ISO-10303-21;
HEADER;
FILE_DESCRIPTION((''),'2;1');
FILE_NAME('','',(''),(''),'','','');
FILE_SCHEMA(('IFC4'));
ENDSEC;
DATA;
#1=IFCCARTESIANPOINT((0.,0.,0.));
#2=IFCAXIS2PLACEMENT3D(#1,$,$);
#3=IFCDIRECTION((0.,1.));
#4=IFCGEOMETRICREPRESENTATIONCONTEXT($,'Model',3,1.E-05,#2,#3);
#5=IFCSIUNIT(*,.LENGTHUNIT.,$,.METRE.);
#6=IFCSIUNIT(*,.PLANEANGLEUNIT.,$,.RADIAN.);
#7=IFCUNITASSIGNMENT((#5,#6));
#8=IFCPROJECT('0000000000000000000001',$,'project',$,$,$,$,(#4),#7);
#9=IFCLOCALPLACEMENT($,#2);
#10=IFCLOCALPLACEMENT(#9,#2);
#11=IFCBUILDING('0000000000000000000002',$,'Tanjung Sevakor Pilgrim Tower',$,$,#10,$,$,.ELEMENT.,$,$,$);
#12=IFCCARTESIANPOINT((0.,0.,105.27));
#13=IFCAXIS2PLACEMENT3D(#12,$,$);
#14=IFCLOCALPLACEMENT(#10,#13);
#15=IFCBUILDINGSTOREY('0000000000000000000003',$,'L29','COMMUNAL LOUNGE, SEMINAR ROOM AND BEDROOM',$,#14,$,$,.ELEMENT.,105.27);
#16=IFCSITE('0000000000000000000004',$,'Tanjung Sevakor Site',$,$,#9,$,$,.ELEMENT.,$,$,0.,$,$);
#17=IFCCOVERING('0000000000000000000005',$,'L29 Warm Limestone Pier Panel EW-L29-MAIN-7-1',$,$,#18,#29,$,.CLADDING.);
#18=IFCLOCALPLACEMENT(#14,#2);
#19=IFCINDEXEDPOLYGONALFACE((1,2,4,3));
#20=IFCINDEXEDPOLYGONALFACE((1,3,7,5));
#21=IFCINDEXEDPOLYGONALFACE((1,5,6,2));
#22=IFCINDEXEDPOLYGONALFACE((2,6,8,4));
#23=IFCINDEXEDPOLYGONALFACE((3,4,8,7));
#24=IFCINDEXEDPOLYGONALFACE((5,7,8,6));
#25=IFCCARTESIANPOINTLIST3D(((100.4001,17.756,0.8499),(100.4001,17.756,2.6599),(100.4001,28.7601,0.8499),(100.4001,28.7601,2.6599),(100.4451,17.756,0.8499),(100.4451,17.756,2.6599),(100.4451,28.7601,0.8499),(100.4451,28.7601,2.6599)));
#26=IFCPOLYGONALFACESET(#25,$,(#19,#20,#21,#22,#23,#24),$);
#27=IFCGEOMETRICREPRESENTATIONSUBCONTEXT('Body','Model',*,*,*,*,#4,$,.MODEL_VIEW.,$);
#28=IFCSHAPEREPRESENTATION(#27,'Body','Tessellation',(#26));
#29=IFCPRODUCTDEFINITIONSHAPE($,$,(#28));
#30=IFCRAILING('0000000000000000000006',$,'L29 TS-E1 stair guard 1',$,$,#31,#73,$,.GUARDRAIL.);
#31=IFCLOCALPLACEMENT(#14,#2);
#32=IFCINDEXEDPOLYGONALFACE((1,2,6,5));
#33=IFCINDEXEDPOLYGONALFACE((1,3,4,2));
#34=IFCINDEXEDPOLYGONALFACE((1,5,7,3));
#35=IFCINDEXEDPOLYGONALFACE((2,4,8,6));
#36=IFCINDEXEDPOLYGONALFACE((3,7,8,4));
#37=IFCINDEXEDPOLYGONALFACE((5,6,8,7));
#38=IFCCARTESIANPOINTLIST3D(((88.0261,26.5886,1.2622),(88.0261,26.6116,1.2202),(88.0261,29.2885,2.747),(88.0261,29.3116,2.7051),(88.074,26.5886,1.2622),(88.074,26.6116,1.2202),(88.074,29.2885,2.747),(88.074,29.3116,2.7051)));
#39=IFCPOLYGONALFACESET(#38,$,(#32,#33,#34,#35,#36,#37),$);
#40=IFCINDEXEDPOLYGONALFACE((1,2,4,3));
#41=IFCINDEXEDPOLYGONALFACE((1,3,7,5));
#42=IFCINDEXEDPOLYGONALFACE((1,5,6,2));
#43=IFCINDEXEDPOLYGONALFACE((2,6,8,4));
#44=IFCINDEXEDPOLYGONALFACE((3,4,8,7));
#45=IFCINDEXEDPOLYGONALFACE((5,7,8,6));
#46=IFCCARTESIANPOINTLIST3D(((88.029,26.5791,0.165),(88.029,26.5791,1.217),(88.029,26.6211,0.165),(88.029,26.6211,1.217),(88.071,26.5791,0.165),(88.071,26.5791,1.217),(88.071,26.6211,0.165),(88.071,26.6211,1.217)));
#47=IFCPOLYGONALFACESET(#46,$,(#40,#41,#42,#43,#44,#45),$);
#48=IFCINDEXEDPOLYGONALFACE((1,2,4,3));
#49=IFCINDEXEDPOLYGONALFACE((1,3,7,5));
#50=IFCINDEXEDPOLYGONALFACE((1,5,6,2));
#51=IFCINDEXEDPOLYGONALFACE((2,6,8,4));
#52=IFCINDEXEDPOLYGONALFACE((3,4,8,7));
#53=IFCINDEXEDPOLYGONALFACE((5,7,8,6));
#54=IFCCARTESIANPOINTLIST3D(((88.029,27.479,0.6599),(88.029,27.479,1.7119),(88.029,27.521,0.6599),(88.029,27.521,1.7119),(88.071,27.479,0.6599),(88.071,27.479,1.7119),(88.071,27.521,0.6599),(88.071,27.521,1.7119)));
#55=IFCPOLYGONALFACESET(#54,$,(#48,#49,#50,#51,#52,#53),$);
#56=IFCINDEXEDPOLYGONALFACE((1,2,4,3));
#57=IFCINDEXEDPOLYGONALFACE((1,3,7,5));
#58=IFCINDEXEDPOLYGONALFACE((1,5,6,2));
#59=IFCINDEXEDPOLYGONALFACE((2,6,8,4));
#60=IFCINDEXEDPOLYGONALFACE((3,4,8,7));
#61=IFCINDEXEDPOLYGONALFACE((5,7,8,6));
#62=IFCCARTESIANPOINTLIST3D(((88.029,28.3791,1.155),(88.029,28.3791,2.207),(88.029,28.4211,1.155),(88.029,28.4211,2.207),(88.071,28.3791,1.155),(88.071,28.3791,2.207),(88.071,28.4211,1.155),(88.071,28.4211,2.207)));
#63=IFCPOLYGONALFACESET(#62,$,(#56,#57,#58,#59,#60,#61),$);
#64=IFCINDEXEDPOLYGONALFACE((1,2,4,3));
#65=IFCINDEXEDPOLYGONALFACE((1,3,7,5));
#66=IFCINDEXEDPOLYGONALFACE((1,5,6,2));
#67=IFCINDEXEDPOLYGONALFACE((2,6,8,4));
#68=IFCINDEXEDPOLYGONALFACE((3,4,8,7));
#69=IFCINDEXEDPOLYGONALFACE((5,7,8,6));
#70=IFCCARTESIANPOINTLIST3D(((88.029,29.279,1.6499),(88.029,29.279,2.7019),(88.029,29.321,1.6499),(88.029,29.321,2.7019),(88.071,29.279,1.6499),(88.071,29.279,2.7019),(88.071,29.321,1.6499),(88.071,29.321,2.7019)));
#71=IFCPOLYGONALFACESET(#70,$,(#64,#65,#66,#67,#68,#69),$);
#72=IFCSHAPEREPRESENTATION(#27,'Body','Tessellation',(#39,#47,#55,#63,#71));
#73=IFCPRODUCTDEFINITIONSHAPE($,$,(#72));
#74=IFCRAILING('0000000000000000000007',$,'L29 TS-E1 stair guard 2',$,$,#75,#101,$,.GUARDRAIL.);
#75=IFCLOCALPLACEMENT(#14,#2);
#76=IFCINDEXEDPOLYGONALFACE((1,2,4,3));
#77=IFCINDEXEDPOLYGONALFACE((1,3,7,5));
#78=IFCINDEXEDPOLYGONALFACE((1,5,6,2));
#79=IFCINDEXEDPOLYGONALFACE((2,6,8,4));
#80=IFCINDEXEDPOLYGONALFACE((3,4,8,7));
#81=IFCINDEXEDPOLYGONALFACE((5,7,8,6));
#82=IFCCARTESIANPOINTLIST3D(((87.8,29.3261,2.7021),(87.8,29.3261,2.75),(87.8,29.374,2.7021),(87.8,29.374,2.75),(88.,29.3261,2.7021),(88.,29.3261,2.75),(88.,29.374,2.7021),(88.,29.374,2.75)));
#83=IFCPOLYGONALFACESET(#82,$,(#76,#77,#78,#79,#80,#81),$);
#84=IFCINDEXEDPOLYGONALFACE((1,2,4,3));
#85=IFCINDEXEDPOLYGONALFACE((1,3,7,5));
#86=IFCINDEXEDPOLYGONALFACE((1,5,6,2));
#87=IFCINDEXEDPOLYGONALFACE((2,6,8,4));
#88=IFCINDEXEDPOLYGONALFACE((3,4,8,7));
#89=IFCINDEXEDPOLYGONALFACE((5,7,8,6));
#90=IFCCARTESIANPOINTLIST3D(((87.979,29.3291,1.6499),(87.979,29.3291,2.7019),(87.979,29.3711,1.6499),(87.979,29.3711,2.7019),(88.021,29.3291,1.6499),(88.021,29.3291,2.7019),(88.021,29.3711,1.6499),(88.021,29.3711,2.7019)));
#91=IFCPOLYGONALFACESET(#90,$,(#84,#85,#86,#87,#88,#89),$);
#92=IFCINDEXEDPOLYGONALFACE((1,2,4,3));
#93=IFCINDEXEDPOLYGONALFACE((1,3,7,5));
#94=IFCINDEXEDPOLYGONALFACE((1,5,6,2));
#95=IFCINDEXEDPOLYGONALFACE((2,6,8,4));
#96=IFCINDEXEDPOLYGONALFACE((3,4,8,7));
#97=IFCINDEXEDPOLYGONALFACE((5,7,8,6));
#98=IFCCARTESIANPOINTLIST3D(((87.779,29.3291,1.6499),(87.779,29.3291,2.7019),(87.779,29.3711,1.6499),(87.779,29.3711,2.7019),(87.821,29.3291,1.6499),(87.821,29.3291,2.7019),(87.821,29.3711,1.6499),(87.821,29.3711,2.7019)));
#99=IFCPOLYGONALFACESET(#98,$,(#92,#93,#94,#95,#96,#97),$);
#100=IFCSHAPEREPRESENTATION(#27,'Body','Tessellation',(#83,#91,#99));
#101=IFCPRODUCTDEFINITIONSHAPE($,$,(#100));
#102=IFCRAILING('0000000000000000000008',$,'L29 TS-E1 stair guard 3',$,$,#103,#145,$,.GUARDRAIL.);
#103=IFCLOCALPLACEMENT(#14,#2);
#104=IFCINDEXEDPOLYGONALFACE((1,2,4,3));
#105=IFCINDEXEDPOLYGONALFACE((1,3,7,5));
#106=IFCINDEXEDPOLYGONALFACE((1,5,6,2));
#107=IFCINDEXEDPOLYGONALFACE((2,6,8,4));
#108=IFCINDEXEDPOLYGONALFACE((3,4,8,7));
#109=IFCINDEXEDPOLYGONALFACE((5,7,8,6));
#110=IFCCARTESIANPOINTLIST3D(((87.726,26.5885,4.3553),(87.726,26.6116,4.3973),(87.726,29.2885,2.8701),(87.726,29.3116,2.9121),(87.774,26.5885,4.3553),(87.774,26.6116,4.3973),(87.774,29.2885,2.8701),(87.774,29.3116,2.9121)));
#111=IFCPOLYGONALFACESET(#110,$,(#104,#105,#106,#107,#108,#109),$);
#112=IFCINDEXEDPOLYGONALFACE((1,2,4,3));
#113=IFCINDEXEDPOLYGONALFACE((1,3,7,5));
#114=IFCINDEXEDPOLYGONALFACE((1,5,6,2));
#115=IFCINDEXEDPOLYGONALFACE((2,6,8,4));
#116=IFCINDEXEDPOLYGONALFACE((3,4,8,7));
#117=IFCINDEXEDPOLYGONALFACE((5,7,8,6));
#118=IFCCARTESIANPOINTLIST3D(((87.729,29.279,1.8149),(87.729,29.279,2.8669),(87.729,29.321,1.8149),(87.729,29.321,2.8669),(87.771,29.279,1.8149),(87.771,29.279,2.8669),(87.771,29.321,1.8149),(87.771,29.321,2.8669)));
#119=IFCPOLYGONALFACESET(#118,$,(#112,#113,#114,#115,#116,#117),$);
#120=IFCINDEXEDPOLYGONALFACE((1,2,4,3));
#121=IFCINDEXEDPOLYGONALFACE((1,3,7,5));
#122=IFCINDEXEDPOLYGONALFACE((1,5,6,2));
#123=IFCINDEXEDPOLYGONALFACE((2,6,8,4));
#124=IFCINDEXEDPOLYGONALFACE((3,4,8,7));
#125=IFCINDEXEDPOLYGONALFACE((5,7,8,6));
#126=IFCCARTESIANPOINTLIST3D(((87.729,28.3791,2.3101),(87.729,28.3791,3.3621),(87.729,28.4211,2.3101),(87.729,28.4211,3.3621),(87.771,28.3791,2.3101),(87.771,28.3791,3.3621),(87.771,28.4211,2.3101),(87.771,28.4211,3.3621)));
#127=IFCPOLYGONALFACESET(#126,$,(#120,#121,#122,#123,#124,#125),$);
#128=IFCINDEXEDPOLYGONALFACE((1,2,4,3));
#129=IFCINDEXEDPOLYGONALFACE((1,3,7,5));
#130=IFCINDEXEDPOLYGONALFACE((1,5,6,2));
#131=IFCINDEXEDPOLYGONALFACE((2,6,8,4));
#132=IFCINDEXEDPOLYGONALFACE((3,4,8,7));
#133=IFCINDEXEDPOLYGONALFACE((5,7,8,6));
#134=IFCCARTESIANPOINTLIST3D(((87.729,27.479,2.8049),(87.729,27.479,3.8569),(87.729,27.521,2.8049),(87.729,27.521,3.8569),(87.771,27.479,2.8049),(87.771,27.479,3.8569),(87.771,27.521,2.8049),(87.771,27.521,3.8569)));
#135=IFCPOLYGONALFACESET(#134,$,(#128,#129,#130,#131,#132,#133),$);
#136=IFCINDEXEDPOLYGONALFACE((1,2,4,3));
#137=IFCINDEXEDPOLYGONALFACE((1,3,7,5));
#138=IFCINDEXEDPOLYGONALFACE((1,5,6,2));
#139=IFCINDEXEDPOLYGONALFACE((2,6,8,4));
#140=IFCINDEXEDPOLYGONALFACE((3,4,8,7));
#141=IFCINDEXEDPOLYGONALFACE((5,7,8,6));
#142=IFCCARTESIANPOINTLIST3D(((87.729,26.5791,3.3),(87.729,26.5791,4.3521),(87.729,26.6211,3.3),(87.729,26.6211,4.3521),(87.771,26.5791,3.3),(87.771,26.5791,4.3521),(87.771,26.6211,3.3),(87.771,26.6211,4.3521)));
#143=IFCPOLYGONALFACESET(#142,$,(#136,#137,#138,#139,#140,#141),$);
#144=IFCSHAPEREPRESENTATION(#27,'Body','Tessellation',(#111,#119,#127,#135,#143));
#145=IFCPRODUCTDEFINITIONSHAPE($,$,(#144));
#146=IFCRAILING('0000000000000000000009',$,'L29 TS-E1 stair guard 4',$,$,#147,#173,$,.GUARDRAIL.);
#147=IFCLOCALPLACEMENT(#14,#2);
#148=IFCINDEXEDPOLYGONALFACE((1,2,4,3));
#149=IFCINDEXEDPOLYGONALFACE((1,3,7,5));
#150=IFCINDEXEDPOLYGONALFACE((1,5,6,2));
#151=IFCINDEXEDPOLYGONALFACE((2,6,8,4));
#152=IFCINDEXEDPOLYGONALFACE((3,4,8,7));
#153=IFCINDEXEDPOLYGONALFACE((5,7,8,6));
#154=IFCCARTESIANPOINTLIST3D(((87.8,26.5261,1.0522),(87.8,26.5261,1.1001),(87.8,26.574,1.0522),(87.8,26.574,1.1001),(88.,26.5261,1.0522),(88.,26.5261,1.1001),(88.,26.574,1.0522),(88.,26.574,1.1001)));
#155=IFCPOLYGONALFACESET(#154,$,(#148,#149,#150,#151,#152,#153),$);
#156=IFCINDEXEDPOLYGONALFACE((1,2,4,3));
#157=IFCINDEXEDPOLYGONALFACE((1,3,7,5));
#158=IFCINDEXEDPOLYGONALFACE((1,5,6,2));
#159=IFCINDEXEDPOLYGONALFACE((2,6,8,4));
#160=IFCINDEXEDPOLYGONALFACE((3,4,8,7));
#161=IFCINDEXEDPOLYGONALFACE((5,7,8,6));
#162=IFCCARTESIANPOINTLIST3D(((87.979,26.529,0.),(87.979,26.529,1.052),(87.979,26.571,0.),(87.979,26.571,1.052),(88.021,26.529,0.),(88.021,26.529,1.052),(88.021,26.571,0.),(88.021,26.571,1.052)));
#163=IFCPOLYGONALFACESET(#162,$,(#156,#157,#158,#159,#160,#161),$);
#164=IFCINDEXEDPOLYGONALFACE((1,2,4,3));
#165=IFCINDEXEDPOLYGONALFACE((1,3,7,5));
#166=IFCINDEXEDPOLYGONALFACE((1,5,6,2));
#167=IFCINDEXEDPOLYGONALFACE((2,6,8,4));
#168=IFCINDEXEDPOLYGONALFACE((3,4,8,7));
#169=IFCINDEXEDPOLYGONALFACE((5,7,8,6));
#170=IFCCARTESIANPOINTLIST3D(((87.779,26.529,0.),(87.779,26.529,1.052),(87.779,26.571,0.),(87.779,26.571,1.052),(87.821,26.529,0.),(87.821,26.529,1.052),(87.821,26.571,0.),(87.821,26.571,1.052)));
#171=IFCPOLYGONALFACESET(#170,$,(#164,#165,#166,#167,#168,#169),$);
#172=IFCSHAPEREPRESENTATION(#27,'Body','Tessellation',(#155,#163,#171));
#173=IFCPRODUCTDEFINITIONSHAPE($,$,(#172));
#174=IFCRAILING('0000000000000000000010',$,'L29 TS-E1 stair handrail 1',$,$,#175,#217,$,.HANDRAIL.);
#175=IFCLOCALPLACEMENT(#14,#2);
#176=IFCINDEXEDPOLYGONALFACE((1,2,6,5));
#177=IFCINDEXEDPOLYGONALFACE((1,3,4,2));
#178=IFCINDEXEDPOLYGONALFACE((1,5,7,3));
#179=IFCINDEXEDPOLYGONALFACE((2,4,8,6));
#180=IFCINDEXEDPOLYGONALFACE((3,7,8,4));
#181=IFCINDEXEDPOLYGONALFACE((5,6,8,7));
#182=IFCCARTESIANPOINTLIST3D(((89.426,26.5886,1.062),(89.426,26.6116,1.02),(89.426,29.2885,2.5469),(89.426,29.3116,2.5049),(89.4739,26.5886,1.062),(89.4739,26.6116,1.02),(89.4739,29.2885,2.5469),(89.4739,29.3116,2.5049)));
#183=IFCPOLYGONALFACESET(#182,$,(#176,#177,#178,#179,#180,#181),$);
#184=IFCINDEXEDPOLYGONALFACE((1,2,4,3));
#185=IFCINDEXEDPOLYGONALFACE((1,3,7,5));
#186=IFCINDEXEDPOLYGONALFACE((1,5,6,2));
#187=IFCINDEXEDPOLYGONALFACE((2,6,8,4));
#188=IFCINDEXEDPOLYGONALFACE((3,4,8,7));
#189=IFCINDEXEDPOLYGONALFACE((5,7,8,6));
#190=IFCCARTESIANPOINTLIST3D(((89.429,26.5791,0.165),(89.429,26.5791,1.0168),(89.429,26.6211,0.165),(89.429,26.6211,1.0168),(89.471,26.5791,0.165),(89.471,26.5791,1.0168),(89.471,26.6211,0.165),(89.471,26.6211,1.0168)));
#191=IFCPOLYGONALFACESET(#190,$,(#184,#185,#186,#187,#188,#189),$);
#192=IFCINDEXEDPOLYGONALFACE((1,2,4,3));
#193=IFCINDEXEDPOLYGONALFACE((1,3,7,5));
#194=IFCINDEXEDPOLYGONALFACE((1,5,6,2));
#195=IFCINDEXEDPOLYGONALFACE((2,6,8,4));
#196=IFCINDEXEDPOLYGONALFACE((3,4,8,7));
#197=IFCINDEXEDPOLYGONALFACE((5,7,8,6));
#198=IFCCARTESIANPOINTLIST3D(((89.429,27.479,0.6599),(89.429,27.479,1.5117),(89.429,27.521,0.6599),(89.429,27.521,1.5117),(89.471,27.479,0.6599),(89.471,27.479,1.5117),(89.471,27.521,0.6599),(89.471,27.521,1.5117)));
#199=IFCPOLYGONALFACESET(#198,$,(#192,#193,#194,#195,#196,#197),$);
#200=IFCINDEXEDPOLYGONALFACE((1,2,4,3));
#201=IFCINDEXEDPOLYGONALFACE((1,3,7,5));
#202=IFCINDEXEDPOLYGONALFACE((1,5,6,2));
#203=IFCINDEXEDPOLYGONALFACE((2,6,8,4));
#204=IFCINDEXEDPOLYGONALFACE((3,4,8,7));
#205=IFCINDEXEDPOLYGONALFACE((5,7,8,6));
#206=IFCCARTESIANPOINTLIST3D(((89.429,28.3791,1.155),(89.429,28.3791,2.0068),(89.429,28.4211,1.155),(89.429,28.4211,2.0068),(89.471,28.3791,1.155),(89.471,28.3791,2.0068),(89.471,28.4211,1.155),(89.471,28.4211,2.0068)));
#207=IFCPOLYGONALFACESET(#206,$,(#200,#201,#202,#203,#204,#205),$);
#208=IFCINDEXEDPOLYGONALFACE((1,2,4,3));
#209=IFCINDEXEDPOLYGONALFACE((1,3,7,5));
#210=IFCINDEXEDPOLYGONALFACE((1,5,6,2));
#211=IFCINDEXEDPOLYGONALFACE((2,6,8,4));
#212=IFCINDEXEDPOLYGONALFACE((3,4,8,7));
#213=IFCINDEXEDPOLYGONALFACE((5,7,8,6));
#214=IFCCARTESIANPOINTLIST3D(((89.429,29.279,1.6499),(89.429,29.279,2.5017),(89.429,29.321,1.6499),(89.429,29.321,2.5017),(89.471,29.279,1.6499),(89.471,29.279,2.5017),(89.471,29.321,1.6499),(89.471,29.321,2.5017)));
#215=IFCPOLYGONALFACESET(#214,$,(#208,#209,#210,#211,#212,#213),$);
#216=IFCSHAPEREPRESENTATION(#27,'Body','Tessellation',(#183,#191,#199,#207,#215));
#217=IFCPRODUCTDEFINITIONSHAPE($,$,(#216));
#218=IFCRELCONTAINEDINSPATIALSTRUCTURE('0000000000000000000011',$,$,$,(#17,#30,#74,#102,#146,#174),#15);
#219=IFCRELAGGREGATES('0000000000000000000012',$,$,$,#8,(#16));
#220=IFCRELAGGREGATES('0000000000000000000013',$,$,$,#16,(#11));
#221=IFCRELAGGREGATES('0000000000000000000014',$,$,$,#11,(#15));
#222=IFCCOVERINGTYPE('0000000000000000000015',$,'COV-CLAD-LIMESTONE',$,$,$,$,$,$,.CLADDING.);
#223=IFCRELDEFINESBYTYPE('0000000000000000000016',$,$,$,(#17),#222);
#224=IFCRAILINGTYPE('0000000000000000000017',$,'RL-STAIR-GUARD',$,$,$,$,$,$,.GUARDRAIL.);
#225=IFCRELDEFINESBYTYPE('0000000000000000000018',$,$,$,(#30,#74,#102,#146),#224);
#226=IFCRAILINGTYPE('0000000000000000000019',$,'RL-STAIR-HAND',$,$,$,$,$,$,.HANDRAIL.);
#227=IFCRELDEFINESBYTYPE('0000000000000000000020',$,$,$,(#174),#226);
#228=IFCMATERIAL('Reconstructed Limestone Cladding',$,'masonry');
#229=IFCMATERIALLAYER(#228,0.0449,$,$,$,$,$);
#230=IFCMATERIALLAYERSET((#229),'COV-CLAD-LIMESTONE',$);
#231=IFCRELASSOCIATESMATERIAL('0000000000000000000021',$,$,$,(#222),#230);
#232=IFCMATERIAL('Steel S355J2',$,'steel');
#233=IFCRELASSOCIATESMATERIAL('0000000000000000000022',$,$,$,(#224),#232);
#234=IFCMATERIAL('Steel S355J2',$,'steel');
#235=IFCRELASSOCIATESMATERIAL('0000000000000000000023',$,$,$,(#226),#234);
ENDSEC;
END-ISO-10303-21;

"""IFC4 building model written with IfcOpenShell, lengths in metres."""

from ifc_helpers import new_model, si_unit, direction, frame, origin, origin_2d, place, context, subcontext, project, spatial, rectangle, extrude, material, layer, layer_set, type_object, element, save


model = new_model("IFC4")

# Units and contexts
model_context = context("Model", 3, precision=1e-05, world=origin(), true_north=direction((0.0, 1.0)))
body_context = subcontext(model_context, "Body", "Model", "MODEL_VIEW")
ifc_project = project(units=[si_unit("LENGTHUNIT", "METRE"), si_unit("PLANEANGLEUNIT", "RADIAN")], contexts=[model_context])

# Site, building, storey
site_placement = place(None, origin())
site = spatial("IfcSite", under=ifc_project, at=site_placement, Name="Tanjung Sevakor Site", CompositionType="ELEMENT", RefElevation=0.0)
building_placement = place(site_placement, origin())
building = spatial("IfcBuilding", under=site, at=building_placement, Name="Tanjung Sevakor Pilgrim Tower", CompositionType="ELEMENT")
storey_placement = place(building_placement, frame((0.0, 0.0, 105.27)))
storey = spatial("IfcBuildingStorey", under=building, at=storey_placement, Name="L29", Description="COMMUNAL LOUNGE, SEMINAR ROOM AND BEDROOM", CompositionType="ELEMENT", Elevation=105.27)

# Covering
ifc_material_1 = material(Name="Reconstructed Limestone Cladding", Category="masonry")
ifc_layer_1 = layer(ifc_material_1, 0.0449)
ifc_layer_set_1 = layer_set([ifc_layer_1], Name="COV-CLAD-LIMESTONE")
covering_type = type_object("IfcCoveringType", Name="COV-CLAD-LIMESTONE", PredefinedType="CLADDING", material=ifc_layer_set_1)
covering_1_placement = place(storey_placement, frame((100.4226, 23.2581, 0.8499), z_axis=(0.0, 0.0, 1.0), x_axis=(0.0, 1.0, 0.0)))
element("IfcCovering", 1, at=covering_1_placement, inside=storey, type_object=covering_type, Name="L29 Warm Limestone Pier Panel EW-L29-MAIN-7-1", PredefinedType="CLADDING", context=body_context, shape_type="SweptSolid", body=[
    extrude(rectangle(XDim=11.0042, YDim=0.0449, at=origin_2d()), origin(), (0.0, 0.0, 1.0), 1.8101),
])

# Railings
ifc_material_2 = material(Name="Steel S355J2", Category="steel")
railing_type_1 = type_object("IfcRailingType", Name="RL-STAIR-GUARD", PredefinedType="GUARDRAIL", material=ifc_material_2)
railing_1_placement = place(storey_placement, frame((88.05, 26.6001, 0.165)))
element("IfcRailing", 2, at=railing_1_placement, inside=storey, type_object=railing_type_1, Name="L29 TS-E1 stair guard 1", PredefinedType="GUARDRAIL", context=body_context, shape_type="SweptSolid", body=[
    extrude(rectangle(XDim=0.0479, YDim=0.0479), frame((0.0, 0.0, 1.0762), z_axis=(0.0, 0.876231, 0.481891), x_axis=(-1.0, 0.0, 0.0)), (0.0, 0.0, 1.0), 3.0813),
    extrude(rectangle(XDim=0.042, YDim=0.042), origin(), (0.0, 0.0, 1.0), 1.052),
    extrude(rectangle(XDim=0.042, YDim=0.042), frame((0.0, 0.8999, 0.4949)), (0.0, 0.0, 1.0), 1.052),
    extrude(rectangle(XDim=0.042, YDim=0.042), frame((0.0, 1.8, 0.99)), (0.0, 0.0, 1.0), 1.052),
    extrude(rectangle(XDim=0.042, YDim=0.042), frame((0.0, 2.7, 1.4849)), (0.0, 0.0, 1.0), 1.052),
])
railing_2_placement = place(storey_placement, frame((88.0, 29.3501, 1.6499)))
element("IfcRailing", 3, at=railing_2_placement, inside=storey, type_object=railing_type_1, Name="L29 TS-E1 stair guard 2", PredefinedType="GUARDRAIL", context=body_context, shape_type="SweptSolid", body=[
    extrude(rectangle(XDim=0.0479, YDim=0.0479), frame((0.0, 0.0, 1.0762), z_axis=(-1.0, 0.0, 0.0), x_axis=(0.0, -1.0, 0.0)), (0.0, 0.0, 1.0), 0.2),
    extrude(rectangle(XDim=0.042, YDim=0.042), origin(), (0.0, 0.0, 1.0), 1.052),
    extrude(rectangle(XDim=0.042, YDim=0.042), frame((-0.2, 0.0, 0.0)), (0.0, 0.0, 1.0), 1.052),
])
railing_3_placement = place(storey_placement, frame((87.75, 29.3, 1.8149)))
element("IfcRailing", 4, at=railing_3_placement, inside=storey, type_object=railing_type_1, Name="L29 TS-E1 stair guard 3", PredefinedType="GUARDRAIL", context=body_context, shape_type="SweptSolid", body=[
    extrude(rectangle(XDim=0.0479, YDim=0.0479), frame((0.0, 0.0, 1.0762), z_axis=(0.0, -0.876198, 0.481952), x_axis=(1.0, 0.0, 0.0)), (0.0, 0.0, 1.0), 3.0815),
    extrude(rectangle(XDim=0.042, YDim=0.042), origin(), (0.0, 0.0, 1.0), 1.052),
    extrude(rectangle(XDim=0.042, YDim=0.042), frame((0.0, -0.8999, 0.4951)), (0.0, 0.0, 1.0), 1.052),
    extrude(rectangle(XDim=0.042, YDim=0.042), frame((0.0, -1.8, 0.99)), (0.0, 0.0, 1.0), 1.052),
    extrude(rectangle(XDim=0.042, YDim=0.042), frame((0.0, -2.7, 1.4851)), (0.0, 0.0, 1.0), 1.052),
])
railing_4_placement = place(storey_placement, frame((88.0, 26.55, 0.0)))
element("IfcRailing", 5, at=railing_4_placement, inside=storey, type_object=railing_type_1, Name="L29 TS-E1 stair guard 4", PredefinedType="GUARDRAIL", context=body_context, shape_type="SweptSolid", body=[
    extrude(rectangle(XDim=0.0479, YDim=0.0479), frame((0.0, 0.0, 1.0762), z_axis=(-1.0, 0.0, 0.0), x_axis=(0.0, -1.0, 0.0)), (0.0, 0.0, 1.0), 0.2),
    extrude(rectangle(XDim=0.042, YDim=0.042), origin(), (0.0, 0.0, 1.0), 1.052),
    extrude(rectangle(XDim=0.042, YDim=0.042), frame((-0.2, 0.0, 0.0)), (0.0, 0.0, 1.0), 1.052),
])
ifc_material_3 = material(Name="Steel S355J2", Category="steel")
railing_type_2 = type_object("IfcRailingType", Name="RL-STAIR-HAND", PredefinedType="HANDRAIL", material=ifc_material_3)
railing_5_placement = place(storey_placement, frame((89.45, 26.6001, 0.165)))
element("IfcRailing", 6, at=railing_5_placement, inside=storey, type_object=railing_type_2, Name="L29 TS-E1 stair handrail 1", PredefinedType="HANDRAIL", context=body_context, shape_type="SweptSolid", body=[
    extrude(rectangle(XDim=0.0479, YDim=0.0479), frame((0.0, 0.0, 0.876), z_axis=(0.0, 0.876231, 0.481891), x_axis=(-1.0, 0.0, 0.0)), (0.0, 0.0, 1.0), 3.0813),
    extrude(rectangle(XDim=0.042, YDim=0.042), origin(), (0.0, 0.0, 1.0), 0.8518),
    extrude(rectangle(XDim=0.042, YDim=0.042), frame((0.0, 0.8999, 0.4949)), (0.0, 0.0, 1.0), 0.8518),
    extrude(rectangle(XDim=0.042, YDim=0.042), frame((0.0, 1.8, 0.99)), (0.0, 0.0, 1.0), 0.8518),
    extrude(rectangle(XDim=0.042, YDim=0.042), frame((0.0, 2.7, 1.4849)), (0.0, 0.0, 1.0), 0.8518),
])

save(model, "model.ifc")
